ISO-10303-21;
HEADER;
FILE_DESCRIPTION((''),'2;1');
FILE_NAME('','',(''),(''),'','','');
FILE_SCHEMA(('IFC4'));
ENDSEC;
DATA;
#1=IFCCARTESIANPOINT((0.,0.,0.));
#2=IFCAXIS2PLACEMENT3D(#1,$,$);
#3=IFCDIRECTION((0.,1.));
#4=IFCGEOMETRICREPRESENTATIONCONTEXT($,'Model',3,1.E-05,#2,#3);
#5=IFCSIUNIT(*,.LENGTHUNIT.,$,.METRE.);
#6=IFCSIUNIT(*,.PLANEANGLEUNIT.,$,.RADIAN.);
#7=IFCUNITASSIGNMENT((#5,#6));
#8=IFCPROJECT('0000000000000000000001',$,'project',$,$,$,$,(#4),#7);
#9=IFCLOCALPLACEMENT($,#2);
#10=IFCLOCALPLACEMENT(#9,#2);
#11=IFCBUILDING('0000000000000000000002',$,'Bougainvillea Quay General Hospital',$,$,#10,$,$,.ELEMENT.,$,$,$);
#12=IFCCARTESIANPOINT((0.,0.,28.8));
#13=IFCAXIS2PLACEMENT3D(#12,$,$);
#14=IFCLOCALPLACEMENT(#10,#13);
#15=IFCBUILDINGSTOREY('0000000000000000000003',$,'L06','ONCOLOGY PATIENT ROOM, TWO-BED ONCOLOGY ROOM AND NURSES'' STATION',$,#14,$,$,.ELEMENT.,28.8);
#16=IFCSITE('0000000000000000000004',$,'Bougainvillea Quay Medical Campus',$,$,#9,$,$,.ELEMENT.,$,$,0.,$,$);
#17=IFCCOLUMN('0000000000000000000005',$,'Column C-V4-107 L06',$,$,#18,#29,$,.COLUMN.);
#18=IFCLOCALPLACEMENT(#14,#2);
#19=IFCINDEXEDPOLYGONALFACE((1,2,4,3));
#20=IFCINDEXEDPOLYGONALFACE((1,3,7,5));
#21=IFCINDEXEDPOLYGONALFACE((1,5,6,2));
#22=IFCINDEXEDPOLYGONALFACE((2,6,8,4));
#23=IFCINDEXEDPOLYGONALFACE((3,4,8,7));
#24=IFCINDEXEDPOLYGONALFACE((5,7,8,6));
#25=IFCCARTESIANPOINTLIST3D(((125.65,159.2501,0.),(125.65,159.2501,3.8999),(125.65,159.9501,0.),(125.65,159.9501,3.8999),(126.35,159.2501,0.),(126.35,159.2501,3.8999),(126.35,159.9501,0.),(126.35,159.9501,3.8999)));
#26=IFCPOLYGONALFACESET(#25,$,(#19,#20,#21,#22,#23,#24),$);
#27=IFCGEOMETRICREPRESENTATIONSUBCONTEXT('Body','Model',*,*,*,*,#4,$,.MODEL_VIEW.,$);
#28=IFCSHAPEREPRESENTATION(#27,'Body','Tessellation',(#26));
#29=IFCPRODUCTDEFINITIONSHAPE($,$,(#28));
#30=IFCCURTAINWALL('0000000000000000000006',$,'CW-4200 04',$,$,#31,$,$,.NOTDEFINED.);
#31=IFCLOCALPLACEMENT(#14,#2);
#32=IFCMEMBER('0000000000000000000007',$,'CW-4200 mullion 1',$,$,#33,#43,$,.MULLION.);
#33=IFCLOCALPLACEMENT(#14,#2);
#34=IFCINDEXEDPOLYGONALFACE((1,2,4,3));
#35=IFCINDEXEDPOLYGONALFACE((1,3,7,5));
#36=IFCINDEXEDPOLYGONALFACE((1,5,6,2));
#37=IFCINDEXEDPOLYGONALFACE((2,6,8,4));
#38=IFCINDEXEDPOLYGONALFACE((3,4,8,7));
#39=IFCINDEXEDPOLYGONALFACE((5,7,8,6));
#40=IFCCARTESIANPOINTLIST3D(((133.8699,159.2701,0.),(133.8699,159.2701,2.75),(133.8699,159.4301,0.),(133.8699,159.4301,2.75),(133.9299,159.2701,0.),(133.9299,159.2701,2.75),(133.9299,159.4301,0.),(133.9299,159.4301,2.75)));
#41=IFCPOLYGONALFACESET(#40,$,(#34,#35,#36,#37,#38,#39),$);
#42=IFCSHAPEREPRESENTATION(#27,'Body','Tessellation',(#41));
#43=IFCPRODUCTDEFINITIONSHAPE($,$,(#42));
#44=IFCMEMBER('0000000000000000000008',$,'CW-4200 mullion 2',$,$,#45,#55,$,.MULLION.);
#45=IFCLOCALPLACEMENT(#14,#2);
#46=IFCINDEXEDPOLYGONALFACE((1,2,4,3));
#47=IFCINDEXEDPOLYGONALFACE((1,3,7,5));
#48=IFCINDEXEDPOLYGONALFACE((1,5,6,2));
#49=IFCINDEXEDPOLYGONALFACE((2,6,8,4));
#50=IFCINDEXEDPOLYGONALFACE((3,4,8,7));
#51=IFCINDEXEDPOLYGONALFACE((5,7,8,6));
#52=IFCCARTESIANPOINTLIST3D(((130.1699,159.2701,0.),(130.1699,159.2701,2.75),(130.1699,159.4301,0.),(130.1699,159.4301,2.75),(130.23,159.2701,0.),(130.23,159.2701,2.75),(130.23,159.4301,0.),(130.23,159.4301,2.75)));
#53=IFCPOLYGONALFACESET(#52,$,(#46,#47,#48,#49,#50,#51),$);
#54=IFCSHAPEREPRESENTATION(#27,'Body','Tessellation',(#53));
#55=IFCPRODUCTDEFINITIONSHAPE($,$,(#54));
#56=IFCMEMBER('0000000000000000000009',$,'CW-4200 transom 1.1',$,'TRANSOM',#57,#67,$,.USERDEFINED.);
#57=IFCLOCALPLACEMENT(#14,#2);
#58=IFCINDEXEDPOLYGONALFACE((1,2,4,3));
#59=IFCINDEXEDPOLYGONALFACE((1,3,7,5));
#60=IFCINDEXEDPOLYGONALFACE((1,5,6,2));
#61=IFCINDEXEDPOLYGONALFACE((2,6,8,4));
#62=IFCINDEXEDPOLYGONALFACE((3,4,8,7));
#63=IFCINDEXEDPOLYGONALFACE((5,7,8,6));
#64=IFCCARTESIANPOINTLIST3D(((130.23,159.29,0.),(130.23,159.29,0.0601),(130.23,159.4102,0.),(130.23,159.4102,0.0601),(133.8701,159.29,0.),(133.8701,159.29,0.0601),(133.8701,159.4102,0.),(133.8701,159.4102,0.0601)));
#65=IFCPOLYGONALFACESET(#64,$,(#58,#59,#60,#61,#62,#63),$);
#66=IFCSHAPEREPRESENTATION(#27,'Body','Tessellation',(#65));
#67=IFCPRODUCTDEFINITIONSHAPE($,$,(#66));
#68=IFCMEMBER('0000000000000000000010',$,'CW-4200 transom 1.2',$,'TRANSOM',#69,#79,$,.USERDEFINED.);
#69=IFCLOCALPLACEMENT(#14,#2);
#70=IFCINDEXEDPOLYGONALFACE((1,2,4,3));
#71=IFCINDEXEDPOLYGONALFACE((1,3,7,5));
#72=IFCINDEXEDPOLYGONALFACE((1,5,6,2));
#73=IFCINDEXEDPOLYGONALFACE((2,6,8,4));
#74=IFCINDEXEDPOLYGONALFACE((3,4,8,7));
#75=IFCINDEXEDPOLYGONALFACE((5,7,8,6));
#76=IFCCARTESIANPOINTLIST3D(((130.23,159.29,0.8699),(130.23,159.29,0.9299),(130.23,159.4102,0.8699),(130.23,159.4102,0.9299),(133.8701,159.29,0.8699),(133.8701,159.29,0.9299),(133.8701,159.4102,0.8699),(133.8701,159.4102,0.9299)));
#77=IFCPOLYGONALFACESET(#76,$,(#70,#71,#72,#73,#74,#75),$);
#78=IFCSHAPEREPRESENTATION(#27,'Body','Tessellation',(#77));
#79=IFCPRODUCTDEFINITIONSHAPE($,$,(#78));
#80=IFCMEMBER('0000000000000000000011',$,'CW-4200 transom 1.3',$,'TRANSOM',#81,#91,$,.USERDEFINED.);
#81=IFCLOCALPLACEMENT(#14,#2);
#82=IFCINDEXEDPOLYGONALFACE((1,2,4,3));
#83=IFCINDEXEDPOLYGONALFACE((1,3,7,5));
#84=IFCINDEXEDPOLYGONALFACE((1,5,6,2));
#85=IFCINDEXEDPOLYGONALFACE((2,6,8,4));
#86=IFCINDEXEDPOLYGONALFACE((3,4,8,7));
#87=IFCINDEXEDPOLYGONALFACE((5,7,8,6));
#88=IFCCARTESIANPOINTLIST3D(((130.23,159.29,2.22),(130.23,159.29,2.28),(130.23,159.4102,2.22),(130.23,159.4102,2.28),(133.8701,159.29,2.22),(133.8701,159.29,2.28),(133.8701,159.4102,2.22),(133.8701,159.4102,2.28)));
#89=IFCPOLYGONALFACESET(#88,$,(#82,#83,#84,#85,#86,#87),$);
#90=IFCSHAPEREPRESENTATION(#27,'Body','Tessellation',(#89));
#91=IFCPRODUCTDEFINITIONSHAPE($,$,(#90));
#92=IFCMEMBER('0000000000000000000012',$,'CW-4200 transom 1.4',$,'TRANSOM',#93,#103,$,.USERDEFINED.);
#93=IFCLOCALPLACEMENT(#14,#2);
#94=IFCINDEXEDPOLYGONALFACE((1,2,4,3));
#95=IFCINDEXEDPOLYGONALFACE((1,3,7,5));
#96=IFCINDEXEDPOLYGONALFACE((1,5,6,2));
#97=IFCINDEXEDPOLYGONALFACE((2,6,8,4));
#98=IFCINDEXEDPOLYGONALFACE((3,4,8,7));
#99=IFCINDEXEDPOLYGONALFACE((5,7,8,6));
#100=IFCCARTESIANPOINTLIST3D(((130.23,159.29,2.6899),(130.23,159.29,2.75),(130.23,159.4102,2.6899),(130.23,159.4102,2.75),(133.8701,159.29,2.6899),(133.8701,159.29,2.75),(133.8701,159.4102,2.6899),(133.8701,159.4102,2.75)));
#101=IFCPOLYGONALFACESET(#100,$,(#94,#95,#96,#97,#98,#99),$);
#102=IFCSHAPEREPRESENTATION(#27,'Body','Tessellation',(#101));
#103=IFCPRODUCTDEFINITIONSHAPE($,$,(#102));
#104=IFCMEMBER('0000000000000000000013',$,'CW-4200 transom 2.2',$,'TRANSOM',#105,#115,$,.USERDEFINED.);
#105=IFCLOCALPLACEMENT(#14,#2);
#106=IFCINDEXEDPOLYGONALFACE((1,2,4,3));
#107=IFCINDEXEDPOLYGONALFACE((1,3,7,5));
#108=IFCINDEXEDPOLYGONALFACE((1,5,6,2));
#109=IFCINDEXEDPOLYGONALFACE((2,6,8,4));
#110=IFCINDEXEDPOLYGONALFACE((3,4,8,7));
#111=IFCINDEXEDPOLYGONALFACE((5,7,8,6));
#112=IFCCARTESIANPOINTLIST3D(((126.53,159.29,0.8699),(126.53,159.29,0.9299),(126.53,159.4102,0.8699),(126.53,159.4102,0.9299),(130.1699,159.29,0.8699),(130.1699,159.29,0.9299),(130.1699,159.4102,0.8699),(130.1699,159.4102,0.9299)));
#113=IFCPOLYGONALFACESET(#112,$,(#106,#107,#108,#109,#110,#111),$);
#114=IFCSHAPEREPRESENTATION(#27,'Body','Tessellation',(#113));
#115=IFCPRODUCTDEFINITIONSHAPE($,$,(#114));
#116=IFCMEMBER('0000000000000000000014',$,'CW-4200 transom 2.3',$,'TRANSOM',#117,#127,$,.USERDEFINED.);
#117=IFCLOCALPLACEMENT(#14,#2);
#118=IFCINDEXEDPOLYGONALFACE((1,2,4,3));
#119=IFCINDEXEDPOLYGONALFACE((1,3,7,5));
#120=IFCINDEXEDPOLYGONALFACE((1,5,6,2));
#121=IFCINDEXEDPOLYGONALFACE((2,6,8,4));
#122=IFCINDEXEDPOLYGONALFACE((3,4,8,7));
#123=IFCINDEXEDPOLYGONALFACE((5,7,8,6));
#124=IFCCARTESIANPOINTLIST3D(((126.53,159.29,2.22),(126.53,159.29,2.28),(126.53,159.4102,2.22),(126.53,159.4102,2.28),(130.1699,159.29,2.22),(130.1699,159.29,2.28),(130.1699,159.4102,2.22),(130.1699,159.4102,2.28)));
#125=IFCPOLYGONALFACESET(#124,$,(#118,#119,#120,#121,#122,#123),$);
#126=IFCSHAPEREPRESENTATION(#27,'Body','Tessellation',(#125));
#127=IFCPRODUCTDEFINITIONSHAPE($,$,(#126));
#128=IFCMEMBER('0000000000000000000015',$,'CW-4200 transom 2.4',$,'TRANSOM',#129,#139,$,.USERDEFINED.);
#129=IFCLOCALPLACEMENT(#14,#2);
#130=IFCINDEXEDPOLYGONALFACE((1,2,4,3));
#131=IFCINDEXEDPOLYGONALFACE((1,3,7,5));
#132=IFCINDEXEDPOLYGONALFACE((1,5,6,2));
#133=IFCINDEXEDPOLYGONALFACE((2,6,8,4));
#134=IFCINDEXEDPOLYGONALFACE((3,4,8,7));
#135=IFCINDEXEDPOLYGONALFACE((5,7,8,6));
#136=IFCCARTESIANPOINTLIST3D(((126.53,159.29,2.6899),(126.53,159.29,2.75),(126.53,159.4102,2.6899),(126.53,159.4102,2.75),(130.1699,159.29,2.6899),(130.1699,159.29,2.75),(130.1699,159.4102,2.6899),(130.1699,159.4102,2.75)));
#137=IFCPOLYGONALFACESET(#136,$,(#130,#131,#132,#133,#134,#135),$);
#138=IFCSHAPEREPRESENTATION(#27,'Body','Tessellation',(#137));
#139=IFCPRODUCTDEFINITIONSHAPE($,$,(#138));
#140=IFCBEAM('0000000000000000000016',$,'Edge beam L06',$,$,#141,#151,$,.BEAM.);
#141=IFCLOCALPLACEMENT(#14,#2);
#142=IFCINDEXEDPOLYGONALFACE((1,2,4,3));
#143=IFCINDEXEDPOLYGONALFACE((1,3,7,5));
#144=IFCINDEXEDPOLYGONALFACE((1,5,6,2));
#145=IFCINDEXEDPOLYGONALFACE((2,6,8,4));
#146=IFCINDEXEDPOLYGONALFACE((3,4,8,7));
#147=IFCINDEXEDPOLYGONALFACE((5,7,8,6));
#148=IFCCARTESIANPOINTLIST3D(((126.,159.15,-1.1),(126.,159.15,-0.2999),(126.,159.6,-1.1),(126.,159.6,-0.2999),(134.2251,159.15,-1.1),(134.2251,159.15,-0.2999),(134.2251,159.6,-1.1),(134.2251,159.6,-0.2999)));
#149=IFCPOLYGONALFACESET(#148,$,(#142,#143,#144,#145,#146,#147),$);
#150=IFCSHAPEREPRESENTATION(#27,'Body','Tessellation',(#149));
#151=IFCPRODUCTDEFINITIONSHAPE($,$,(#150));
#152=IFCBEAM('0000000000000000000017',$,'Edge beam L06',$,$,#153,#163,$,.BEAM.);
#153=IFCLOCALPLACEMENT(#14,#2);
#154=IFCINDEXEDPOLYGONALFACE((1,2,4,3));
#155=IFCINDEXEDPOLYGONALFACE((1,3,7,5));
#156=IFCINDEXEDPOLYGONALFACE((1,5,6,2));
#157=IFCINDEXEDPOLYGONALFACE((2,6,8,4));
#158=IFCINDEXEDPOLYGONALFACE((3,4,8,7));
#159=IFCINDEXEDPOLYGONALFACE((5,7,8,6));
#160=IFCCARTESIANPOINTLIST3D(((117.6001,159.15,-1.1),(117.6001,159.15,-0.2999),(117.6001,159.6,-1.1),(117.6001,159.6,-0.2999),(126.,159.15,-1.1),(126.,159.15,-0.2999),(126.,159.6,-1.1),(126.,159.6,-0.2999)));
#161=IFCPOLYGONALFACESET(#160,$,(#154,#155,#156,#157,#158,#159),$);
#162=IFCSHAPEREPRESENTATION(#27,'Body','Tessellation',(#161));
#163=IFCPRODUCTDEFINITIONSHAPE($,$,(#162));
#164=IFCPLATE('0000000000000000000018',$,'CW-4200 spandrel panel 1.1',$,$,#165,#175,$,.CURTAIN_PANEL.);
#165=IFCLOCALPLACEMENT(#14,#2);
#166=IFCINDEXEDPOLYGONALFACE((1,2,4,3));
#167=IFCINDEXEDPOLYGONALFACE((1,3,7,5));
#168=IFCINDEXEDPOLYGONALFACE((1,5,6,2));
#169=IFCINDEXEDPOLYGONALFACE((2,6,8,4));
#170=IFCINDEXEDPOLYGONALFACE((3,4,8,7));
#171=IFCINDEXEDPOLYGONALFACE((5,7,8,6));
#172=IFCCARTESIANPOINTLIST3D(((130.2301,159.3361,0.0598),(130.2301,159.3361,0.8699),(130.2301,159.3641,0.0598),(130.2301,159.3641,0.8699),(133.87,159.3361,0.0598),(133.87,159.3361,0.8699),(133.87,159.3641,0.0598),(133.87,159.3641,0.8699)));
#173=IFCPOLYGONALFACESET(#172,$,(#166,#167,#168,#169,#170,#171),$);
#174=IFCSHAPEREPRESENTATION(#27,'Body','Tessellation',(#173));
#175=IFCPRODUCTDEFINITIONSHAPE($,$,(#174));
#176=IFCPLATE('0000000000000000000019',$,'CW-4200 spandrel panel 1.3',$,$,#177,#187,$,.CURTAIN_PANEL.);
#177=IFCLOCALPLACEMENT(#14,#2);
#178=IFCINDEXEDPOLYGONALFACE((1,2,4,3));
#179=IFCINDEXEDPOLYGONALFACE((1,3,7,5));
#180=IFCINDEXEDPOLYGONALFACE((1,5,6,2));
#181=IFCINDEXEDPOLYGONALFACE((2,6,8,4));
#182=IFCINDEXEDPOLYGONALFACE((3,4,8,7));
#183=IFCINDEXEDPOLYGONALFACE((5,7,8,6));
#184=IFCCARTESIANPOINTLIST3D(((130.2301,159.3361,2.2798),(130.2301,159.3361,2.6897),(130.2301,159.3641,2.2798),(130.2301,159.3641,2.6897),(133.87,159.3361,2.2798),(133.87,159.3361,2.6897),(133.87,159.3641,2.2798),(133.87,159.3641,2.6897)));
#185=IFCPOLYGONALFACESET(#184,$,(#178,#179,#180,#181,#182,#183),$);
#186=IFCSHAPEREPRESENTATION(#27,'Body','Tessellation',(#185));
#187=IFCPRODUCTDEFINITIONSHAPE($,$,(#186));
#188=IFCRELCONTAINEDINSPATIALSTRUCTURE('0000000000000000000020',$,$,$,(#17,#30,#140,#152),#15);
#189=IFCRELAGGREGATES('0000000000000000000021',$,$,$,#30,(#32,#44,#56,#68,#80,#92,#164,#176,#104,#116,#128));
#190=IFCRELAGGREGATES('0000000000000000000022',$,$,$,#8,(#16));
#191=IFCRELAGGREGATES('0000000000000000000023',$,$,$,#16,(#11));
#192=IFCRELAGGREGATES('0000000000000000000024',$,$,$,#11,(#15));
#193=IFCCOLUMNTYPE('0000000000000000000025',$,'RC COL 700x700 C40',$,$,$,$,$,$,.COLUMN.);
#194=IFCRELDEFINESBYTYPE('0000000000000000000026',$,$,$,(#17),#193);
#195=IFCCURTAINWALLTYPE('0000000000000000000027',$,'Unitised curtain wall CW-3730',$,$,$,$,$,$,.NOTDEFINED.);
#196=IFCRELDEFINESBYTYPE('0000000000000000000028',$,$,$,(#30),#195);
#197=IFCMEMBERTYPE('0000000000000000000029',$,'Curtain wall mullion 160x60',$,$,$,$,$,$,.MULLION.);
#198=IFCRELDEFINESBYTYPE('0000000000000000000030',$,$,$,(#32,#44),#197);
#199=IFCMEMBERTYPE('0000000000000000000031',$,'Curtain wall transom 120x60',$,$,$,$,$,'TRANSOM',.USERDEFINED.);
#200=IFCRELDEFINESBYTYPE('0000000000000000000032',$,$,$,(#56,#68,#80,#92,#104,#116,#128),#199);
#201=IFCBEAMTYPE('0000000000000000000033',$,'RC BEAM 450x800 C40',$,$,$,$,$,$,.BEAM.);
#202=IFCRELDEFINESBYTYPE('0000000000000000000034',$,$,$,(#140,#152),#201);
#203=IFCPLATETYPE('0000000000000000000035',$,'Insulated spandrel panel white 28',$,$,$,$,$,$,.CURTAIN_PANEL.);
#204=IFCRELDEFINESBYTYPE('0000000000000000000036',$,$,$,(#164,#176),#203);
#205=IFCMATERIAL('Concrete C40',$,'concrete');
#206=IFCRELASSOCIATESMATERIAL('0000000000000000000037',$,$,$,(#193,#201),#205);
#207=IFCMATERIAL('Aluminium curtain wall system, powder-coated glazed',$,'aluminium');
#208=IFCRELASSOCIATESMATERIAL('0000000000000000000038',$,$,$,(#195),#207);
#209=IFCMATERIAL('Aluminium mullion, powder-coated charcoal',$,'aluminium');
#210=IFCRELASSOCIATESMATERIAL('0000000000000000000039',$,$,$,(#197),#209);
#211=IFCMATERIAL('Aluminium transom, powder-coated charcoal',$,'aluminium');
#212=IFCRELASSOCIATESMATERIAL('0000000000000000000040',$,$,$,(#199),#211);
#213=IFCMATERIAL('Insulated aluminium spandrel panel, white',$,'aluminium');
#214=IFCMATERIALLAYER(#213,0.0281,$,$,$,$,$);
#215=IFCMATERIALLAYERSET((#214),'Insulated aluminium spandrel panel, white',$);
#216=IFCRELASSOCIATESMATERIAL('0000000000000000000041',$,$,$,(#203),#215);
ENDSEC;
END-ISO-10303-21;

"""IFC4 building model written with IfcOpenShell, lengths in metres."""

from ifc_helpers import new_model, si_unit, direction, frame, origin, origin_2d, place, context, subcontext, project, spatial, rectangle, extrude, material, layer, layer_set, material_profile, profile_set, type_object, element, aggregate, save


model = new_model("IFC4")

# Units and contexts
model_context = context("Model", 3, precision=1e-05, world=origin(), true_north=direction((0.0, 1.0)))
body_context = subcontext(model_context, "Body", "Model", "MODEL_VIEW")
ifc_project = project(units=[si_unit("LENGTHUNIT", "METRE"), si_unit("PLANEANGLEUNIT", "RADIAN")], contexts=[model_context])

# Site, building, storey
site_placement = place(None, origin())
site = spatial("IfcSite", under=ifc_project, at=site_placement, Name="Bougainvillea Quay Medical Campus", CompositionType="ELEMENT", RefElevation=0.0)
building_placement = place(site_placement, origin())
building = spatial("IfcBuilding", under=site, at=building_placement, Name="Bougainvillea Quay General Hospital", CompositionType="ELEMENT")
storey_placement = place(building_placement, frame((0.0, 0.0, 28.8)))
storey = spatial("IfcBuildingStorey", under=building, at=storey_placement, Name="L06", Description="ONCOLOGY PATIENT ROOM, TWO-BED ONCOLOGY ROOM AND NURSES' STATION", CompositionType="ELEMENT", Elevation=28.8)

# Column
ifc_material_1 = material(Name="Concrete C40", Category="concrete")
ifc_material_profile_1 = material_profile(ifc_material_1, rectangle(XDim=0.7, YDim=0.7, at=origin_2d()))
ifc_profile_set_1 = profile_set([ifc_material_profile_1], Name="Concrete C40")
column_type = type_object("IfcColumnType", Name="RC COL 700x700 C40", PredefinedType="COLUMN", material=ifc_profile_set_1)
column_placement = place(storey_placement, frame((126.0, 159.6001, 0.0), z_axis=(0.0, 0.0, 1.0), x_axis=(1.0, 0.0, 0.0)))
element("IfcColumn", 1, at=column_placement, inside=storey, type_object=column_type, Name="Column C-V4-107 L06", PredefinedType="COLUMN", context=body_context, shape_type="SweptSolid", body=[
    extrude(rectangle(XDim=0.7, YDim=0.7, at=origin_2d()), origin(), (0.0, 0.0, 1.0), 3.8999),
])

# Curtain wall, members
ifc_material_2 = material(Name="Aluminium curtain wall system, powder-coated glazed", Category="aluminium")
curtain_wall_type = type_object("IfcCurtainWallType", Name="Unitised curtain wall CW-3730", PredefinedType="NOTDEFINED", material=ifc_material_2)
curtain_wall_placement = place(storey_placement, origin())
curtain_wall = element("IfcCurtainWall", 2, at=curtain_wall_placement, inside=storey, type_object=curtain_wall_type, Name="CW-4200 04", PredefinedType="NOTDEFINED")
ifc_material_3 = material(Name="Aluminium mullion, powder-coated charcoal", Category="aluminium")
ifc_material_profile_2 = material_profile(ifc_material_3, rectangle(XDim=0.1599, YDim=0.0601, at=origin_2d()))
ifc_profile_set_2 = profile_set([ifc_material_profile_2], Name="Aluminium mullion, powder-coated charcoal")
member_type_1 = type_object("IfcMemberType", Name="Curtain wall mullion 160x60", PredefinedType="MULLION", material=ifc_profile_set_2)
member_1_placement = place(storey_placement, frame((133.8999, 159.3501, 0.0), z_axis=(0.0, 0.0, 1.0), x_axis=(0.0, -1.0, 0.0)))
member_1 = element("IfcMember", 3, at=member_1_placement, type_object=member_type_1, Name="CW-4200 mullion 1", PredefinedType="MULLION", context=body_context, shape_type="SweptSolid", body=[
    extrude(rectangle(XDim=0.1599, YDim=0.0601, at=origin_2d()), origin(), (0.0, 0.0, 1.0), 2.75),
])
member_2_placement = place(storey_placement, frame((130.2, 159.3501, 0.0), z_axis=(0.0, 0.0, 1.0), x_axis=(0.0, -1.0, 0.0)))
member_2 = element("IfcMember", 4, at=member_2_placement, type_object=member_type_1, Name="CW-4200 mullion 2", PredefinedType="MULLION", context=body_context, shape_type="SweptSolid", body=[
    extrude(rectangle(XDim=0.1599, YDim=0.0601, at=origin_2d()), origin(), (0.0, 0.0, 1.0), 2.75),
])
ifc_material_4 = material(Name="Aluminium transom, powder-coated charcoal", Category="aluminium")
ifc_material_profile_3 = material_profile(ifc_material_4, rectangle(XDim=0.1201, YDim=0.0601, at=origin_2d()))
ifc_profile_set_3 = profile_set([ifc_material_profile_3], Name="Aluminium transom, powder-coated charcoal")
member_type_2 = type_object("IfcMemberType", Name="Curtain wall transom 120x60", ElementType="TRANSOM", PredefinedType="USERDEFINED", material=ifc_profile_set_3)
member_3_placement = place(storey_placement, frame((133.8701, 159.3501, 0.03), z_axis=(-1.0, 0.0, 0.0), x_axis=(0.0, -1.0, 0.0)))
member_3 = element("IfcMember", 5, at=member_3_placement, type_object=member_type_2, Name="CW-4200 transom 1.1", ObjectType="TRANSOM", PredefinedType="USERDEFINED", context=body_context, shape_type="SweptSolid", body=[
    extrude(rectangle(XDim=0.1201, YDim=0.0601, at=origin_2d()), origin(), (0.0, 0.0, 1.0), 3.6401),
])
member_4_placement = place(storey_placement, frame((133.8701, 159.3501, 0.8999), z_axis=(-1.0, 0.0, 0.0), x_axis=(0.0, -1.0, 0.0)))
member_4 = element("IfcMember", 6, at=member_4_placement, type_object=member_type_2, Name="CW-4200 transom 1.2", ObjectType="TRANSOM", PredefinedType="USERDEFINED", context=body_context, shape_type="SweptSolid", body=[
    extrude(rectangle(XDim=0.1201, YDim=0.0601, at=origin_2d()), origin(), (0.0, 0.0, 1.0), 3.6401),
])
member_5_placement = place(storey_placement, frame((133.8701, 159.3501, 2.25), z_axis=(-1.0, 0.0, 0.0), x_axis=(0.0, -1.0, 0.0)))
member_5 = element("IfcMember", 7, at=member_5_placement, type_object=member_type_2, Name="CW-4200 transom 1.3", ObjectType="TRANSOM", PredefinedType="USERDEFINED", context=body_context, shape_type="SweptSolid", body=[
    extrude(rectangle(XDim=0.1201, YDim=0.0601, at=origin_2d()), origin(), (0.0, 0.0, 1.0), 3.6401),
])
member_6_placement = place(storey_placement, frame((133.8701, 159.3501, 2.72), z_axis=(-1.0, 0.0, 0.0), x_axis=(0.0, -1.0, 0.0)))
member_6 = element("IfcMember", 8, at=member_6_placement, type_object=member_type_2, Name="CW-4200 transom 1.4", ObjectType="TRANSOM", PredefinedType="USERDEFINED", context=body_context, shape_type="SweptSolid", body=[
    extrude(rectangle(XDim=0.1201, YDim=0.0601, at=origin_2d()), origin(), (0.0, 0.0, 1.0), 3.6401),
])
member_7_placement = place(storey_placement, frame((130.1699, 159.3501, 0.8999), z_axis=(-1.0, 0.0, 0.0), x_axis=(0.0, -1.0, 0.0)))
member_7 = element("IfcMember", 9, at=member_7_placement, type_object=member_type_2, Name="CW-4200 transom 2.2", ObjectType="TRANSOM", PredefinedType="USERDEFINED", context=body_context, shape_type="SweptSolid", body=[
    extrude(rectangle(XDim=0.1201, YDim=0.0601, at=origin_2d()), origin(), (0.0, 0.0, 1.0), 3.6399),
])
member_8_placement = place(storey_placement, frame((130.1699, 159.3501, 2.25), z_axis=(-1.0, 0.0, 0.0), x_axis=(0.0, -1.0, 0.0)))
member_8 = element("IfcMember", 10, at=member_8_placement, type_object=member_type_2, Name="CW-4200 transom 2.3", ObjectType="TRANSOM", PredefinedType="USERDEFINED", context=body_context, shape_type="SweptSolid", body=[
    extrude(rectangle(XDim=0.1201, YDim=0.0601, at=origin_2d()), origin(), (0.0, 0.0, 1.0), 3.6399),
])
member_9_placement = place(storey_placement, frame((130.1699, 159.3501, 2.72), z_axis=(-1.0, 0.0, 0.0), x_axis=(0.0, -1.0, 0.0)))
member_9 = element("IfcMember", 11, at=member_9_placement, type_object=member_type_2, Name="CW-4200 transom 2.4", ObjectType="TRANSOM", PredefinedType="USERDEFINED", context=body_context, shape_type="SweptSolid", body=[
    extrude(rectangle(XDim=0.1201, YDim=0.0601, at=origin_2d()), origin(), (0.0, 0.0, 1.0), 3.6399),
])

# Beams
ifc_material_profile_4 = material_profile(ifc_material_1, rectangle(XDim=0.45, YDim=0.8, at=origin_2d()))
ifc_profile_set_4 = profile_set([ifc_material_profile_4], Name="Concrete C40")
beam_type = type_object("IfcBeamType", Name="RC BEAM 450x800 C40", PredefinedType="BEAM", material=ifc_profile_set_4)
beam_1_placement = place(storey_placement, frame((134.2251, 159.375, -0.7), z_axis=(-1.0, 0.0, 0.0), x_axis=(0.0, -1.0, 0.0)))
element("IfcBeam", 12, at=beam_1_placement, inside=storey, type_object=beam_type, Name="Edge beam L06", PredefinedType="BEAM", context=body_context, shape_type="SweptSolid", body=[
    extrude(rectangle(XDim=0.45, YDim=0.8, at=origin_2d()), origin(), (0.0, 0.0, 1.0), 8.2251),
])
beam_2_placement = place(storey_placement, frame((126.0, 159.375, -0.7), z_axis=(-1.0, 0.0, 0.0), x_axis=(0.0, -1.0, 0.0)))
element("IfcBeam", 13, at=beam_2_placement, inside=storey, type_object=beam_type, Name="Edge beam L06", PredefinedType="BEAM", context=body_context, shape_type="SweptSolid", body=[
    extrude(rectangle(XDim=0.45, YDim=0.8, at=origin_2d()), origin(), (0.0, 0.0, 1.0), 8.3999),
])

# Plates
ifc_material_5 = material(Name="Insulated aluminium spandrel panel, white", Category="aluminium")
ifc_layer_1 = layer(ifc_material_5, 0.0281)
ifc_layer_set_1 = layer_set([ifc_layer_1], Name="Insulated aluminium spandrel panel, white")
plate_type_1 = type_object("IfcPlateType", Name="Insulated spandrel panel white 28", PredefinedType="CURTAIN_PANEL", material=ifc_layer_set_1)
plate_1_placement = place(storey_placement, frame((132.05, 159.3501, 0.0598), z_axis=(0.0, 0.0, 1.0), x_axis=(-1.0, 0.0, 0.0)))
plate_1 = element("IfcPlate", 14, at=plate_1_placement, type_object=plate_type_1, Name="CW-4200 spandrel panel 1.1", PredefinedType="CURTAIN_PANEL", context=body_context, shape_type="SweptSolid", body=[
    extrude(rectangle(XDim=3.6399, YDim=0.0281, at=origin_2d()), origin(), (0.0, 0.0, 1.0), 0.8101),
])
plate_2_placement = place(storey_placement, frame((132.05, 159.3501, 2.2798), z_axis=(0.0, 0.0, 1.0), x_axis=(-1.0, 0.0, 0.0)))
plate_2 = element("IfcPlate", 15, at=plate_2_placement, type_object=plate_type_1, Name="CW-4200 spandrel panel 1.3", PredefinedType="CURTAIN_PANEL", context=body_context, shape_type="SweptSolid", body=[
    extrude(rectangle(XDim=3.6399, YDim=0.0281, at=origin_2d()), origin(), (0.0, 0.0, 1.0), 0.4099),
])
aggregate(curtain_wall, [member_1, member_2, member_3, member_4, member_5, member_6, plate_1, plate_2, member_7, member_8, member_9])

save(model, "model.ifc")
